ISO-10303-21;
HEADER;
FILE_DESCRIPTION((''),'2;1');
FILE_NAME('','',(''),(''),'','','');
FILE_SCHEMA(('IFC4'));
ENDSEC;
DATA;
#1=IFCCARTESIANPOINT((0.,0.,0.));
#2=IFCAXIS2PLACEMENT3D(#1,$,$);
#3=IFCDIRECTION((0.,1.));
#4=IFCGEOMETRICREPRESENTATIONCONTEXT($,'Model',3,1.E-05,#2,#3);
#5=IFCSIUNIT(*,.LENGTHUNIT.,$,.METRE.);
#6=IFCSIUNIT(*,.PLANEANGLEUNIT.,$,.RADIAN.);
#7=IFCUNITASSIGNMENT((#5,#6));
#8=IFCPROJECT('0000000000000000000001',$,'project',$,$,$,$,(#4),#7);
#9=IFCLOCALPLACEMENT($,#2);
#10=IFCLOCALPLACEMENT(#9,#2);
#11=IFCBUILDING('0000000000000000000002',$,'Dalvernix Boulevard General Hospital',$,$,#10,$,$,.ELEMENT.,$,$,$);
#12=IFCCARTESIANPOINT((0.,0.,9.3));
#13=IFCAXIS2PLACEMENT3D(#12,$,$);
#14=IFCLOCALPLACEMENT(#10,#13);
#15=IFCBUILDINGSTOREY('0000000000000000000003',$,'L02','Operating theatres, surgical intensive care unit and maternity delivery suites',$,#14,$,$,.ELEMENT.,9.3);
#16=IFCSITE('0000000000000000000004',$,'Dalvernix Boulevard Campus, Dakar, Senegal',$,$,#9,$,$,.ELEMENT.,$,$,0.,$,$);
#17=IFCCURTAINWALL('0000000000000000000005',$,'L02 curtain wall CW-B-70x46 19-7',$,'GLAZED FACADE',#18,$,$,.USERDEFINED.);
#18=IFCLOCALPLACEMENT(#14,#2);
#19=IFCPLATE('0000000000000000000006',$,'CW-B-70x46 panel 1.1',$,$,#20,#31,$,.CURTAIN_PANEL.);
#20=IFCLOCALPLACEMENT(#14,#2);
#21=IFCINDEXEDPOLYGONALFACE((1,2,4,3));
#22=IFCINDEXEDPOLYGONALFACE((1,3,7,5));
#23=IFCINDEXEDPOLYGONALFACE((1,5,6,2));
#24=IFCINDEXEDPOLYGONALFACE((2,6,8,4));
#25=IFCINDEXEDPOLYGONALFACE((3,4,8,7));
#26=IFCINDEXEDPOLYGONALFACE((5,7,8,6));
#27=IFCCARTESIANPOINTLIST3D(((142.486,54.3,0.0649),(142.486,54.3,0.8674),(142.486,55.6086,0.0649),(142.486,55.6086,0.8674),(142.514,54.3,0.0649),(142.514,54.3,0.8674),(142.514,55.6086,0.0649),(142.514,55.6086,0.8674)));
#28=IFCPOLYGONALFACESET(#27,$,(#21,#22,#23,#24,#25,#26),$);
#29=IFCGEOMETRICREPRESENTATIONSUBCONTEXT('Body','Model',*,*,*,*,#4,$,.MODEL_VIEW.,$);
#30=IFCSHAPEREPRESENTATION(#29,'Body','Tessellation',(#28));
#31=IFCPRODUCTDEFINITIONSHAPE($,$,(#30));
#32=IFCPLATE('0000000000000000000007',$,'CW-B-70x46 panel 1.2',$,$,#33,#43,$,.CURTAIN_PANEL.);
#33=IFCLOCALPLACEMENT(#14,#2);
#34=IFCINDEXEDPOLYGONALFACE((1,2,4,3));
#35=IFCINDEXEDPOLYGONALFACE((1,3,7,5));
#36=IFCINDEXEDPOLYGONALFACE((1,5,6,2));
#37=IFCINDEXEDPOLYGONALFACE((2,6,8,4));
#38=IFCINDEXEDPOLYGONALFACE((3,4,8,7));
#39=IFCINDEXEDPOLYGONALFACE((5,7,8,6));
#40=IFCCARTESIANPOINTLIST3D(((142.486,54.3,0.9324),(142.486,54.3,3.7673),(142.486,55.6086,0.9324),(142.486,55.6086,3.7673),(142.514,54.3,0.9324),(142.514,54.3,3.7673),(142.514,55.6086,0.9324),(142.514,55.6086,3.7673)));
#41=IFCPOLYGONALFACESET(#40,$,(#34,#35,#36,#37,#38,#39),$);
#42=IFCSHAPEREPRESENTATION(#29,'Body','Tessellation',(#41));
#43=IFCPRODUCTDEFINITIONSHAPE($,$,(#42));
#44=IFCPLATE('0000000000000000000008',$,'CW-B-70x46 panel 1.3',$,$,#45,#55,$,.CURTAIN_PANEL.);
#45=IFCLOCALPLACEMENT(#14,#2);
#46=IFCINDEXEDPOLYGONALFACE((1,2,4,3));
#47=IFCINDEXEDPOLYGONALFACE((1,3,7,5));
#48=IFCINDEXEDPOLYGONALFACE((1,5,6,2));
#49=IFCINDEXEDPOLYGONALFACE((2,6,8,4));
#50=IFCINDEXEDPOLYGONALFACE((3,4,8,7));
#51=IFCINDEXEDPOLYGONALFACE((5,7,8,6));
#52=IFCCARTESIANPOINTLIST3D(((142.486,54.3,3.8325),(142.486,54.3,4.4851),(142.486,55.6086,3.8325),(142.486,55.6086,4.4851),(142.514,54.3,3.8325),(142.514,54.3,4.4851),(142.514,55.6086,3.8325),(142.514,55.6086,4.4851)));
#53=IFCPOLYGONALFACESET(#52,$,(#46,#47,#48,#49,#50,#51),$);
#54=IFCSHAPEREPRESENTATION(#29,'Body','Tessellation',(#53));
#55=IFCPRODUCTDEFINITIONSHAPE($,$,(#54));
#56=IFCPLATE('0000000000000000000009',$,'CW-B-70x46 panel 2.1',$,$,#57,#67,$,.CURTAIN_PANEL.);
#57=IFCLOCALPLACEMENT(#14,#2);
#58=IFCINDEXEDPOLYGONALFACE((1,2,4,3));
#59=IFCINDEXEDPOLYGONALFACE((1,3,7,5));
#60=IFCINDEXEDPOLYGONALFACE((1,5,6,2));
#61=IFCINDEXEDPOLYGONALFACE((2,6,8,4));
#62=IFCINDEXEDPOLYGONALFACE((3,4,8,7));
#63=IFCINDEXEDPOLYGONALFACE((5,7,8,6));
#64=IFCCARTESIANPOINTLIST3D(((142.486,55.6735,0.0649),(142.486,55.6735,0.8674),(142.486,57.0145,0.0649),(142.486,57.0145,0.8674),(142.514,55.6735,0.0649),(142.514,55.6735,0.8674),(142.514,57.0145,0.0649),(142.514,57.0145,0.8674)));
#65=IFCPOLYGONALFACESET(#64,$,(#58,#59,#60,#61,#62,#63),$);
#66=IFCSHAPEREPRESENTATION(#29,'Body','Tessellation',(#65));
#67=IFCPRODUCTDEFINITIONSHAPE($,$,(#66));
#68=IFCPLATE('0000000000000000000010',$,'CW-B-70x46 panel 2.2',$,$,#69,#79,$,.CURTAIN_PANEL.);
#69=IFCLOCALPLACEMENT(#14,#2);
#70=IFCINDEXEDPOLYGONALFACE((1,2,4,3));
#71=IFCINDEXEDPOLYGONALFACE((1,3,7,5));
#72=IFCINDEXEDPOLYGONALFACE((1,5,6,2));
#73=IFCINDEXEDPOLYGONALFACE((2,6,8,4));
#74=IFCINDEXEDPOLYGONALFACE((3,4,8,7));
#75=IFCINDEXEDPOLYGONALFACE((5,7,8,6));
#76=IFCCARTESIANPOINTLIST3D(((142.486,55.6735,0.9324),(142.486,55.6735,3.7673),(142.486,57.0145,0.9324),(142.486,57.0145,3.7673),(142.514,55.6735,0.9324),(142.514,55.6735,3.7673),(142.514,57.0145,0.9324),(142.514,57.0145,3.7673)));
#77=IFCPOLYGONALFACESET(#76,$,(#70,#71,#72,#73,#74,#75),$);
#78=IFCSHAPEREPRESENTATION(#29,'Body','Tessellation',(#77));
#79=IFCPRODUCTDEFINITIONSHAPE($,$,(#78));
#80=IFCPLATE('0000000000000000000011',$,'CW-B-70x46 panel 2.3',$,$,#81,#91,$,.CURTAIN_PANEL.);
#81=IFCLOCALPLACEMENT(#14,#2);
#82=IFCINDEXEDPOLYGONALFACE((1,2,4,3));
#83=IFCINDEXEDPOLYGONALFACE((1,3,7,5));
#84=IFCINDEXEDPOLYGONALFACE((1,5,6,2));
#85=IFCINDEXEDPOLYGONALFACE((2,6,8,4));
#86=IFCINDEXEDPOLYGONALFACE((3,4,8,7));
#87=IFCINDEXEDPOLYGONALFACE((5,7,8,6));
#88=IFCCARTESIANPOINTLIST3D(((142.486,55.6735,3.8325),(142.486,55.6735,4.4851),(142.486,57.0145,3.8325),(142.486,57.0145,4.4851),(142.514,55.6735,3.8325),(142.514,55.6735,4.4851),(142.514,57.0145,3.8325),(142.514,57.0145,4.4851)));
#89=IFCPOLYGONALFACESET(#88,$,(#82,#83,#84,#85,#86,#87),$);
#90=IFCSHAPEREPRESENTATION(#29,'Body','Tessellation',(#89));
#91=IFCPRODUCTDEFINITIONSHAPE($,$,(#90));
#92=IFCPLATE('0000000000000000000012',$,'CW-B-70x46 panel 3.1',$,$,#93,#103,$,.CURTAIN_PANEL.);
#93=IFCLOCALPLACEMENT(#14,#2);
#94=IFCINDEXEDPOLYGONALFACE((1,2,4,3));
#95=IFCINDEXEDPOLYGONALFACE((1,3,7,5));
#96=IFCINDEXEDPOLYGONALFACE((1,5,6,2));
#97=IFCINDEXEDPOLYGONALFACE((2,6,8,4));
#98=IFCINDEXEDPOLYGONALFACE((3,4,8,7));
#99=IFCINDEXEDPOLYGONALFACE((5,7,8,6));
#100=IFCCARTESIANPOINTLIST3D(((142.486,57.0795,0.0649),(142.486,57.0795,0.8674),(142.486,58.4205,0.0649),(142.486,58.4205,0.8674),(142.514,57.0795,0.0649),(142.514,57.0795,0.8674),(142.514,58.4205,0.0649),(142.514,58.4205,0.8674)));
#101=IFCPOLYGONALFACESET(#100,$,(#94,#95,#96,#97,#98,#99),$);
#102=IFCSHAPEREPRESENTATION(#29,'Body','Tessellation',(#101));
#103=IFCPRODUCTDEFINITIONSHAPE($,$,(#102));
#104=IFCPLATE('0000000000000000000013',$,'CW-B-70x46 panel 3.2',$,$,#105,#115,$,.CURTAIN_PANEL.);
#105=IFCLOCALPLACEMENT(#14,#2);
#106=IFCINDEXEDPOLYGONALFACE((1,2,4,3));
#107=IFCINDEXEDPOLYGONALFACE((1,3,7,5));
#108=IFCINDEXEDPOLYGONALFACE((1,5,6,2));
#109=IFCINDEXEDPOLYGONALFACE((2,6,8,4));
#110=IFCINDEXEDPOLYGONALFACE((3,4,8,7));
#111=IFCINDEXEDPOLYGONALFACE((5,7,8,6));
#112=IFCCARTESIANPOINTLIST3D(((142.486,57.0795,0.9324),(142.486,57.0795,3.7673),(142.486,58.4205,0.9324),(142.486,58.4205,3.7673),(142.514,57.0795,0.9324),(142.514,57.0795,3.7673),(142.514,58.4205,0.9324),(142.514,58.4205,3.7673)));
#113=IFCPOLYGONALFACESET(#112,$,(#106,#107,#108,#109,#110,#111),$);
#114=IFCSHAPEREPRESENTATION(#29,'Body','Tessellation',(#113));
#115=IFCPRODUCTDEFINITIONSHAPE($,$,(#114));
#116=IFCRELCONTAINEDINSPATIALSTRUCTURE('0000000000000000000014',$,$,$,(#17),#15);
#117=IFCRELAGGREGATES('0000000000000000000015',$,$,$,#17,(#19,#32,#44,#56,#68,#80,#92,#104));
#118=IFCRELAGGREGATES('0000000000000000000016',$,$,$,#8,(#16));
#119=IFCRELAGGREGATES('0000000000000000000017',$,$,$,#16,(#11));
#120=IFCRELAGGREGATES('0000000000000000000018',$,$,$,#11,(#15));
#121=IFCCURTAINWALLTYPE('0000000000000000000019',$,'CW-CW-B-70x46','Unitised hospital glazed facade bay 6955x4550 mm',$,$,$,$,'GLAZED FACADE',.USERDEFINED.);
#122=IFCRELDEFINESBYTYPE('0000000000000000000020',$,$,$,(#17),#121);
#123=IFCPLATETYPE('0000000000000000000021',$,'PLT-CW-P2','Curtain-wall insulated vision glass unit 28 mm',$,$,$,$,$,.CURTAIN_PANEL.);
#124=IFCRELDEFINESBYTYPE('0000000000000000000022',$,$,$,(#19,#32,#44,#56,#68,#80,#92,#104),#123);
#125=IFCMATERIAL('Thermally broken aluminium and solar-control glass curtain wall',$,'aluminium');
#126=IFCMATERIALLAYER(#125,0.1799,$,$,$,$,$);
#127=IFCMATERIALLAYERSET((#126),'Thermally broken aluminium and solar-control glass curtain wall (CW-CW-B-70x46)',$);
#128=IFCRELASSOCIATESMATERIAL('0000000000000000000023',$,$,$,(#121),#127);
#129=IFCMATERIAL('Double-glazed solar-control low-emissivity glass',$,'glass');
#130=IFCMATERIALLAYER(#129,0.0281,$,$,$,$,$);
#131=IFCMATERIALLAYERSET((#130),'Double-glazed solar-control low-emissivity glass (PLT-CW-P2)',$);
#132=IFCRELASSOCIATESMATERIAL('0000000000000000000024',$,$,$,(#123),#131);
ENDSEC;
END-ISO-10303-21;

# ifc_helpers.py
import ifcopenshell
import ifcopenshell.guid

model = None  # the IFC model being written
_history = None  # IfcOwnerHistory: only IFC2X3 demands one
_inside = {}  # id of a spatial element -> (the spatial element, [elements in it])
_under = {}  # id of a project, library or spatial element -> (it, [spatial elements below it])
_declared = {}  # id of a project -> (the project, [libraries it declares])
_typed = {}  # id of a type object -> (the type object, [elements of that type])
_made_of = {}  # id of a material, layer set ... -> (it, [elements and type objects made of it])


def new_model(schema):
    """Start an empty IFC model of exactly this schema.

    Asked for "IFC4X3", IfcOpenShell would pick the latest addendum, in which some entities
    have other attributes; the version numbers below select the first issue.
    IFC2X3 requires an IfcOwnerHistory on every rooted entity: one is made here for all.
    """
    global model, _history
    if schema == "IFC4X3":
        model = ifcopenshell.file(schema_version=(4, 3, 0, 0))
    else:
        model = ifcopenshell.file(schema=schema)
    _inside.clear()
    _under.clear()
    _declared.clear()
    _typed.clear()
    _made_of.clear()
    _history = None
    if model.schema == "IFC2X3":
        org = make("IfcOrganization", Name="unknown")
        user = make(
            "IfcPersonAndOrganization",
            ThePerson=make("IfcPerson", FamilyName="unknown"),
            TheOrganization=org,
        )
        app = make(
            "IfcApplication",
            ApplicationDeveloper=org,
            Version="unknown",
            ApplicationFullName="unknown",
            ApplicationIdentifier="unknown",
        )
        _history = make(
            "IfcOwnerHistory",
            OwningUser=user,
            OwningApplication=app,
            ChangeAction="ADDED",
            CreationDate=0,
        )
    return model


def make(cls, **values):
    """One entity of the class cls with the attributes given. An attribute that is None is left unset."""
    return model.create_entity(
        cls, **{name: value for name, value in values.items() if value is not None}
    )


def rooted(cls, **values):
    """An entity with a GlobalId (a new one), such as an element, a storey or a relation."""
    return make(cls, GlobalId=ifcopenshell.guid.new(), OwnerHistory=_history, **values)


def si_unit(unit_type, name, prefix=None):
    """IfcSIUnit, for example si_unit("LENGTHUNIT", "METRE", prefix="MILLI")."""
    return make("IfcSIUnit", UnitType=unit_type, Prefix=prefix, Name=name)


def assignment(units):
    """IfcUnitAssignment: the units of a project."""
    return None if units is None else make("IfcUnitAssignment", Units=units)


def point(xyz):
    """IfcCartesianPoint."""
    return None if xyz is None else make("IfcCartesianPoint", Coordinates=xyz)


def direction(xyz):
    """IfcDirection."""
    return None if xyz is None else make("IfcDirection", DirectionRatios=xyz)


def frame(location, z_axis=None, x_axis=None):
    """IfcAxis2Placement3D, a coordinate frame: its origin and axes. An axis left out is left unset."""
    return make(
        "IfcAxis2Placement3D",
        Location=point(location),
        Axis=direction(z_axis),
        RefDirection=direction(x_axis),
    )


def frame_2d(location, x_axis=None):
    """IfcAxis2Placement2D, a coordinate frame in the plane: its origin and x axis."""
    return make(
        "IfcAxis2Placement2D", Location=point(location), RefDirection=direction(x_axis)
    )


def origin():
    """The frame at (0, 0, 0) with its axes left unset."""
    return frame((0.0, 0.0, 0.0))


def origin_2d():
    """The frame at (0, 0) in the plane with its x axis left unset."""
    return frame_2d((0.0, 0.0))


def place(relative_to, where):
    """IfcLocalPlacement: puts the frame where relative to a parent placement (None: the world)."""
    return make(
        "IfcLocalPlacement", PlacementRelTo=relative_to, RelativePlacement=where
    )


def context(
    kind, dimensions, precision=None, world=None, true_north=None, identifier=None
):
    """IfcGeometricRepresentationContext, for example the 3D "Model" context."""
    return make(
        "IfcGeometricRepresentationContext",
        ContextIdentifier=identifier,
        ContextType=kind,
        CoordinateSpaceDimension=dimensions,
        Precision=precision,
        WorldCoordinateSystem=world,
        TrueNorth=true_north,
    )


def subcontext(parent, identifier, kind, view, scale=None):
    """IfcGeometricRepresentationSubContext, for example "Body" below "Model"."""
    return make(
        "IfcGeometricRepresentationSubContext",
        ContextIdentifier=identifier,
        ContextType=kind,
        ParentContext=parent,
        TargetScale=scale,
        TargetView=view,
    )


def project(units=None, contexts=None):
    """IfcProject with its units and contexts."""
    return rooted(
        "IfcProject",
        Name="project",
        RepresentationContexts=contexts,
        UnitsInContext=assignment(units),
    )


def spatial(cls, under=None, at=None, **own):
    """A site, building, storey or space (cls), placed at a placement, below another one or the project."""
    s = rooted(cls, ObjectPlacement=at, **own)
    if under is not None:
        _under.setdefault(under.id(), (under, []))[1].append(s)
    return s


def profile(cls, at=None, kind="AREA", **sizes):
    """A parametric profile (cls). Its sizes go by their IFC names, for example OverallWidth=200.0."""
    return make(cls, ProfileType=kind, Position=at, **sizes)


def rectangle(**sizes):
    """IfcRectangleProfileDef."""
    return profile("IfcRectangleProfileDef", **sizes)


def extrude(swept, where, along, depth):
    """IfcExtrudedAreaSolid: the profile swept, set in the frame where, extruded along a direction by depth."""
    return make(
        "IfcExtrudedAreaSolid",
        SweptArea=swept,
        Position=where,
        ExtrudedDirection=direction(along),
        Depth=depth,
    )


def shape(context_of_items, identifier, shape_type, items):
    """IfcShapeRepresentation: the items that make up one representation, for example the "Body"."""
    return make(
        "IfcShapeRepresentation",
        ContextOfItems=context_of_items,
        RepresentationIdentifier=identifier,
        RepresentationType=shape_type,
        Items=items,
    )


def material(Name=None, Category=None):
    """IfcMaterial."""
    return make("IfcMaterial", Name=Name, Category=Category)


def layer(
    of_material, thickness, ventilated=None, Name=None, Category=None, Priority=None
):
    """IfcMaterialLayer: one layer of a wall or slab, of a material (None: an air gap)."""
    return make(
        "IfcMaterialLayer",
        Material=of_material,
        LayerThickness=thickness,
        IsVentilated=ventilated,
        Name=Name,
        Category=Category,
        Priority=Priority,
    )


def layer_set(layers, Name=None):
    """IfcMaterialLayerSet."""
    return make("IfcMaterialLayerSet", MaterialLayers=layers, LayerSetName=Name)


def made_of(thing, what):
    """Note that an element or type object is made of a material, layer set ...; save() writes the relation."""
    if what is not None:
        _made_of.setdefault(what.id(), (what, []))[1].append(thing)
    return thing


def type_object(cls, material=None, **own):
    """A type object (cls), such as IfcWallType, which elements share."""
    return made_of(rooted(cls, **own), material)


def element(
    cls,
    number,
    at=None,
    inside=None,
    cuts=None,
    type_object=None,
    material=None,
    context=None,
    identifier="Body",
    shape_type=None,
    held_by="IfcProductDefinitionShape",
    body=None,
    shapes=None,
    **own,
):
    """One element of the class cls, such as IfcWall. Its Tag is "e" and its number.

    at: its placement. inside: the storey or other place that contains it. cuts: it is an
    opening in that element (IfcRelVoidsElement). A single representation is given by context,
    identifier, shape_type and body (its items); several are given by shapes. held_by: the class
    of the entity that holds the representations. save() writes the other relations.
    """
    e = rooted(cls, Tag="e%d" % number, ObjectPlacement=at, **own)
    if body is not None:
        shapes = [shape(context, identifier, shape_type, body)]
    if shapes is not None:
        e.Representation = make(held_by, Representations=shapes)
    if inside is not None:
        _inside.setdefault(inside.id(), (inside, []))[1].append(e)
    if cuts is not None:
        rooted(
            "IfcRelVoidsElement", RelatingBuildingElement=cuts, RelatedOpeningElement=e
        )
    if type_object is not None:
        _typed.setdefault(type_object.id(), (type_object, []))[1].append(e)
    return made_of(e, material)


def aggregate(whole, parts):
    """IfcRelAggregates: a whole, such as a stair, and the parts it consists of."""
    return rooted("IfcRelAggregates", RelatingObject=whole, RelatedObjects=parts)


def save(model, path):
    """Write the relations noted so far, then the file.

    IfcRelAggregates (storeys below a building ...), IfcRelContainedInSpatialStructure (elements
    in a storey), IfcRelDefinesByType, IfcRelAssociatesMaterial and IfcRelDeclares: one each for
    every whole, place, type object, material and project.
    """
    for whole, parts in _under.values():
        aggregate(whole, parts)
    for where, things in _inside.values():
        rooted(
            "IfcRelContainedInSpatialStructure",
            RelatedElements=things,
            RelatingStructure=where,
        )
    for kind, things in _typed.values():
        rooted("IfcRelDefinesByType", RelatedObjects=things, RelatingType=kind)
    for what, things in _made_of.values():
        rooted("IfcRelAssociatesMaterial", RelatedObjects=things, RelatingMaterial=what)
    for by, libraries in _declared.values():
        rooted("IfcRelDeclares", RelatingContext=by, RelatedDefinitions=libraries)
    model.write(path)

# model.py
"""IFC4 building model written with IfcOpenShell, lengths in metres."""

from ifc_helpers import new_model, si_unit, direction, frame, origin, origin_2d, place, context, subcontext, project, spatial, rectangle, extrude, material, layer, layer_set, type_object, element, aggregate, save


model = new_model("IFC4")

# Units and contexts
model_context = context("Model", 3, precision=1e-05, world=origin(), true_north=direction((0.0, 1.0)))
body_context = subcontext(model_context, "Body", "Model", "MODEL_VIEW")
ifc_project = project(units=[si_unit("LENGTHUNIT", "METRE"), si_unit("PLANEANGLEUNIT", "RADIAN")], contexts=[model_context])

# Site, building, storey
site_placement = place(None, origin())
site = spatial("IfcSite", under=ifc_project, at=site_placement, Name="Dalvernix Boulevard Campus, Dakar, Senegal", CompositionType="ELEMENT", RefElevation=0.0)
building_placement = place(site_placement, origin())
building = spatial("IfcBuilding", under=site, at=building_placement, Name="Dalvernix Boulevard General Hospital", CompositionType="ELEMENT")
storey_placement = place(building_placement, frame((0.0, 0.0, 9.3)))
storey = spatial("IfcBuildingStorey", under=building, at=storey_placement, Name="L02", Description="Operating theatres, surgical intensive care unit and maternity delivery suites", CompositionType="ELEMENT", Elevation=9.3)

# Curtain wall, plates
ifc_material_1 = material(Name="Thermally broken aluminium and solar-control glass curtain wall", Category="aluminium")
ifc_layer_1 = layer(ifc_material_1, 0.1799)
ifc_layer_set_1 = layer_set([ifc_layer_1], Name="Thermally broken aluminium and solar-control glass curtain wall (CW-CW-B-70x46)")
curtain_wall_type = type_object("IfcCurtainWallType", Name="CW-CW-B-70x46", Description="Unitised hospital glazed facade bay 6955x4550 mm", ElementType="GLAZED FACADE", PredefinedType="USERDEFINED", material=ifc_layer_set_1)
curtain_wall_placement = place(storey_placement, origin())
curtain_wall = element("IfcCurtainWall", 1, at=curtain_wall_placement, inside=storey, type_object=curtain_wall_type, Name="L02 curtain wall CW-B-70x46 19-7", ObjectType="GLAZED FACADE", PredefinedType="USERDEFINED")
ifc_material_2 = material(Name="Double-glazed solar-control low-emissivity glass", Category="glass")
ifc_layer_2 = layer(ifc_material_2, 0.0281)
ifc_layer_set_2 = layer_set([ifc_layer_2], Name="Double-glazed solar-control low-emissivity glass (PLT-CW-P2)")
plate_type = type_object("IfcPlateType", Name="PLT-CW-P2", Description="Curtain-wall insulated vision glass unit 28 mm", PredefinedType="CURTAIN_PANEL", material=ifc_layer_set_2)
plate_1_placement = place(storey_placement, frame((142.5, 54.9543, 0.0649), z_axis=(0.0, 0.0, 1.0), x_axis=(0.0, 1.0, 0.0)))
plate_1 = element("IfcPlate", 2, at=plate_1_placement, type_object=plate_type, Name="CW-B-70x46 panel 1.1", PredefinedType="CURTAIN_PANEL", context=body_context, shape_type="SweptSolid", body=[
    extrude(rectangle(XDim=1.3086, YDim=0.0281, at=origin_2d()), origin(), (0.0, 0.0, 1.0), 0.8025),
])
plate_2_placement = place(storey_placement, frame((142.5, 54.9543, 0.9324), z_axis=(0.0, 0.0, 1.0), x_axis=(0.0, 1.0, 0.0)))
plate_2 = element("IfcPlate", 3, at=plate_2_placement, type_object=plate_type, Name="CW-B-70x46 panel 1.2", PredefinedType="CURTAIN_PANEL", context=body_context, shape_type="SweptSolid", body=[
    extrude(rectangle(XDim=1.3086, YDim=0.0281, at=origin_2d()), origin(), (0.0, 0.0, 1.0), 2.835),
])
plate_3_placement = place(storey_placement, frame((142.5, 54.9543, 3.8325), z_axis=(0.0, 0.0, 1.0), x_axis=(0.0, 1.0, 0.0)))
plate_3 = element("IfcPlate", 4, at=plate_3_placement, type_object=plate_type, Name="CW-B-70x46 panel 1.3", PredefinedType="CURTAIN_PANEL", context=body_context, shape_type="SweptSolid", body=[
    extrude(rectangle(XDim=1.3086, YDim=0.0281, at=origin_2d()), origin(), (0.0, 0.0, 1.0), 0.6526),
])
plate_4_placement = place(storey_placement, frame((142.5, 56.344, 0.0649), z_axis=(0.0, 0.0, 1.0), x_axis=(0.0, 1.0, 0.0)))
plate_4 = element("IfcPlate", 5, at=plate_4_placement, type_object=plate_type, Name="CW-B-70x46 panel 2.1", PredefinedType="CURTAIN_PANEL", context=body_context, shape_type="SweptSolid", body=[
    extrude(rectangle(XDim=1.3411, YDim=0.0281, at=origin_2d()), origin(), (0.0, 0.0, 1.0), 0.8025),
])
plate_5_placement = place(storey_placement, frame((142.5, 56.344, 0.9324), z_axis=(0.0, 0.0, 1.0), x_axis=(0.0, 1.0, 0.0)))
plate_5 = element("IfcPlate", 6, at=plate_5_placement, type_object=plate_type, Name="CW-B-70x46 panel 2.2", PredefinedType="CURTAIN_PANEL", context=body_context, shape_type="SweptSolid", body=[
    extrude(rectangle(XDim=1.3411, YDim=0.0281, at=origin_2d()), origin(), (0.0, 0.0, 1.0), 2.835),
])
plate_6_placement = place(storey_placement, frame((142.5, 56.344, 3.8325), z_axis=(0.0, 0.0, 1.0), x_axis=(0.0, 1.0, 0.0)))
plate_6 = element("IfcPlate", 7, at=plate_6_placement, type_object=plate_type, Name="CW-B-70x46 panel 2.3", PredefinedType="CURTAIN_PANEL", context=body_context, shape_type="SweptSolid", body=[
    extrude(rectangle(XDim=1.3411, YDim=0.0281, at=origin_2d()), origin(), (0.0, 0.0, 1.0), 0.6526),
])
plate_7_placement = place(storey_placement, frame((142.5, 57.75, 0.0649), z_axis=(0.0, 0.0, 1.0), x_axis=(0.0, 1.0, 0.0)))
plate_7 = element("IfcPlate", 8, at=plate_7_placement, type_object=plate_type, Name="CW-B-70x46 panel 3.1", PredefinedType="CURTAIN_PANEL", context=body_context, shape_type="SweptSolid", body=[
    extrude(rectangle(XDim=1.3411, YDim=0.0281, at=origin_2d()), origin(), (0.0, 0.0, 1.0), 0.8025),
])
plate_8_placement = place(storey_placement, frame((142.5, 57.75, 0.9324), z_axis=(0.0, 0.0, 1.0), x_axis=(0.0, 1.0, 0.0)))
plate_8 = element("IfcPlate", 9, at=plate_8_placement, type_object=plate_type, Name="CW-B-70x46 panel 3.2", PredefinedType="CURTAIN_PANEL", context=body_context, shape_type="SweptSolid", body=[
    extrude(rectangle(XDim=1.3411, YDim=0.0281, at=origin_2d()), origin(), (0.0, 0.0, 1.0), 2.835),
])
aggregate(curtain_wall, [plate_1, plate_2, plate_3, plate_4, plate_5, plate_6, plate_7, plate_8])

save(model, "model.ifc")
